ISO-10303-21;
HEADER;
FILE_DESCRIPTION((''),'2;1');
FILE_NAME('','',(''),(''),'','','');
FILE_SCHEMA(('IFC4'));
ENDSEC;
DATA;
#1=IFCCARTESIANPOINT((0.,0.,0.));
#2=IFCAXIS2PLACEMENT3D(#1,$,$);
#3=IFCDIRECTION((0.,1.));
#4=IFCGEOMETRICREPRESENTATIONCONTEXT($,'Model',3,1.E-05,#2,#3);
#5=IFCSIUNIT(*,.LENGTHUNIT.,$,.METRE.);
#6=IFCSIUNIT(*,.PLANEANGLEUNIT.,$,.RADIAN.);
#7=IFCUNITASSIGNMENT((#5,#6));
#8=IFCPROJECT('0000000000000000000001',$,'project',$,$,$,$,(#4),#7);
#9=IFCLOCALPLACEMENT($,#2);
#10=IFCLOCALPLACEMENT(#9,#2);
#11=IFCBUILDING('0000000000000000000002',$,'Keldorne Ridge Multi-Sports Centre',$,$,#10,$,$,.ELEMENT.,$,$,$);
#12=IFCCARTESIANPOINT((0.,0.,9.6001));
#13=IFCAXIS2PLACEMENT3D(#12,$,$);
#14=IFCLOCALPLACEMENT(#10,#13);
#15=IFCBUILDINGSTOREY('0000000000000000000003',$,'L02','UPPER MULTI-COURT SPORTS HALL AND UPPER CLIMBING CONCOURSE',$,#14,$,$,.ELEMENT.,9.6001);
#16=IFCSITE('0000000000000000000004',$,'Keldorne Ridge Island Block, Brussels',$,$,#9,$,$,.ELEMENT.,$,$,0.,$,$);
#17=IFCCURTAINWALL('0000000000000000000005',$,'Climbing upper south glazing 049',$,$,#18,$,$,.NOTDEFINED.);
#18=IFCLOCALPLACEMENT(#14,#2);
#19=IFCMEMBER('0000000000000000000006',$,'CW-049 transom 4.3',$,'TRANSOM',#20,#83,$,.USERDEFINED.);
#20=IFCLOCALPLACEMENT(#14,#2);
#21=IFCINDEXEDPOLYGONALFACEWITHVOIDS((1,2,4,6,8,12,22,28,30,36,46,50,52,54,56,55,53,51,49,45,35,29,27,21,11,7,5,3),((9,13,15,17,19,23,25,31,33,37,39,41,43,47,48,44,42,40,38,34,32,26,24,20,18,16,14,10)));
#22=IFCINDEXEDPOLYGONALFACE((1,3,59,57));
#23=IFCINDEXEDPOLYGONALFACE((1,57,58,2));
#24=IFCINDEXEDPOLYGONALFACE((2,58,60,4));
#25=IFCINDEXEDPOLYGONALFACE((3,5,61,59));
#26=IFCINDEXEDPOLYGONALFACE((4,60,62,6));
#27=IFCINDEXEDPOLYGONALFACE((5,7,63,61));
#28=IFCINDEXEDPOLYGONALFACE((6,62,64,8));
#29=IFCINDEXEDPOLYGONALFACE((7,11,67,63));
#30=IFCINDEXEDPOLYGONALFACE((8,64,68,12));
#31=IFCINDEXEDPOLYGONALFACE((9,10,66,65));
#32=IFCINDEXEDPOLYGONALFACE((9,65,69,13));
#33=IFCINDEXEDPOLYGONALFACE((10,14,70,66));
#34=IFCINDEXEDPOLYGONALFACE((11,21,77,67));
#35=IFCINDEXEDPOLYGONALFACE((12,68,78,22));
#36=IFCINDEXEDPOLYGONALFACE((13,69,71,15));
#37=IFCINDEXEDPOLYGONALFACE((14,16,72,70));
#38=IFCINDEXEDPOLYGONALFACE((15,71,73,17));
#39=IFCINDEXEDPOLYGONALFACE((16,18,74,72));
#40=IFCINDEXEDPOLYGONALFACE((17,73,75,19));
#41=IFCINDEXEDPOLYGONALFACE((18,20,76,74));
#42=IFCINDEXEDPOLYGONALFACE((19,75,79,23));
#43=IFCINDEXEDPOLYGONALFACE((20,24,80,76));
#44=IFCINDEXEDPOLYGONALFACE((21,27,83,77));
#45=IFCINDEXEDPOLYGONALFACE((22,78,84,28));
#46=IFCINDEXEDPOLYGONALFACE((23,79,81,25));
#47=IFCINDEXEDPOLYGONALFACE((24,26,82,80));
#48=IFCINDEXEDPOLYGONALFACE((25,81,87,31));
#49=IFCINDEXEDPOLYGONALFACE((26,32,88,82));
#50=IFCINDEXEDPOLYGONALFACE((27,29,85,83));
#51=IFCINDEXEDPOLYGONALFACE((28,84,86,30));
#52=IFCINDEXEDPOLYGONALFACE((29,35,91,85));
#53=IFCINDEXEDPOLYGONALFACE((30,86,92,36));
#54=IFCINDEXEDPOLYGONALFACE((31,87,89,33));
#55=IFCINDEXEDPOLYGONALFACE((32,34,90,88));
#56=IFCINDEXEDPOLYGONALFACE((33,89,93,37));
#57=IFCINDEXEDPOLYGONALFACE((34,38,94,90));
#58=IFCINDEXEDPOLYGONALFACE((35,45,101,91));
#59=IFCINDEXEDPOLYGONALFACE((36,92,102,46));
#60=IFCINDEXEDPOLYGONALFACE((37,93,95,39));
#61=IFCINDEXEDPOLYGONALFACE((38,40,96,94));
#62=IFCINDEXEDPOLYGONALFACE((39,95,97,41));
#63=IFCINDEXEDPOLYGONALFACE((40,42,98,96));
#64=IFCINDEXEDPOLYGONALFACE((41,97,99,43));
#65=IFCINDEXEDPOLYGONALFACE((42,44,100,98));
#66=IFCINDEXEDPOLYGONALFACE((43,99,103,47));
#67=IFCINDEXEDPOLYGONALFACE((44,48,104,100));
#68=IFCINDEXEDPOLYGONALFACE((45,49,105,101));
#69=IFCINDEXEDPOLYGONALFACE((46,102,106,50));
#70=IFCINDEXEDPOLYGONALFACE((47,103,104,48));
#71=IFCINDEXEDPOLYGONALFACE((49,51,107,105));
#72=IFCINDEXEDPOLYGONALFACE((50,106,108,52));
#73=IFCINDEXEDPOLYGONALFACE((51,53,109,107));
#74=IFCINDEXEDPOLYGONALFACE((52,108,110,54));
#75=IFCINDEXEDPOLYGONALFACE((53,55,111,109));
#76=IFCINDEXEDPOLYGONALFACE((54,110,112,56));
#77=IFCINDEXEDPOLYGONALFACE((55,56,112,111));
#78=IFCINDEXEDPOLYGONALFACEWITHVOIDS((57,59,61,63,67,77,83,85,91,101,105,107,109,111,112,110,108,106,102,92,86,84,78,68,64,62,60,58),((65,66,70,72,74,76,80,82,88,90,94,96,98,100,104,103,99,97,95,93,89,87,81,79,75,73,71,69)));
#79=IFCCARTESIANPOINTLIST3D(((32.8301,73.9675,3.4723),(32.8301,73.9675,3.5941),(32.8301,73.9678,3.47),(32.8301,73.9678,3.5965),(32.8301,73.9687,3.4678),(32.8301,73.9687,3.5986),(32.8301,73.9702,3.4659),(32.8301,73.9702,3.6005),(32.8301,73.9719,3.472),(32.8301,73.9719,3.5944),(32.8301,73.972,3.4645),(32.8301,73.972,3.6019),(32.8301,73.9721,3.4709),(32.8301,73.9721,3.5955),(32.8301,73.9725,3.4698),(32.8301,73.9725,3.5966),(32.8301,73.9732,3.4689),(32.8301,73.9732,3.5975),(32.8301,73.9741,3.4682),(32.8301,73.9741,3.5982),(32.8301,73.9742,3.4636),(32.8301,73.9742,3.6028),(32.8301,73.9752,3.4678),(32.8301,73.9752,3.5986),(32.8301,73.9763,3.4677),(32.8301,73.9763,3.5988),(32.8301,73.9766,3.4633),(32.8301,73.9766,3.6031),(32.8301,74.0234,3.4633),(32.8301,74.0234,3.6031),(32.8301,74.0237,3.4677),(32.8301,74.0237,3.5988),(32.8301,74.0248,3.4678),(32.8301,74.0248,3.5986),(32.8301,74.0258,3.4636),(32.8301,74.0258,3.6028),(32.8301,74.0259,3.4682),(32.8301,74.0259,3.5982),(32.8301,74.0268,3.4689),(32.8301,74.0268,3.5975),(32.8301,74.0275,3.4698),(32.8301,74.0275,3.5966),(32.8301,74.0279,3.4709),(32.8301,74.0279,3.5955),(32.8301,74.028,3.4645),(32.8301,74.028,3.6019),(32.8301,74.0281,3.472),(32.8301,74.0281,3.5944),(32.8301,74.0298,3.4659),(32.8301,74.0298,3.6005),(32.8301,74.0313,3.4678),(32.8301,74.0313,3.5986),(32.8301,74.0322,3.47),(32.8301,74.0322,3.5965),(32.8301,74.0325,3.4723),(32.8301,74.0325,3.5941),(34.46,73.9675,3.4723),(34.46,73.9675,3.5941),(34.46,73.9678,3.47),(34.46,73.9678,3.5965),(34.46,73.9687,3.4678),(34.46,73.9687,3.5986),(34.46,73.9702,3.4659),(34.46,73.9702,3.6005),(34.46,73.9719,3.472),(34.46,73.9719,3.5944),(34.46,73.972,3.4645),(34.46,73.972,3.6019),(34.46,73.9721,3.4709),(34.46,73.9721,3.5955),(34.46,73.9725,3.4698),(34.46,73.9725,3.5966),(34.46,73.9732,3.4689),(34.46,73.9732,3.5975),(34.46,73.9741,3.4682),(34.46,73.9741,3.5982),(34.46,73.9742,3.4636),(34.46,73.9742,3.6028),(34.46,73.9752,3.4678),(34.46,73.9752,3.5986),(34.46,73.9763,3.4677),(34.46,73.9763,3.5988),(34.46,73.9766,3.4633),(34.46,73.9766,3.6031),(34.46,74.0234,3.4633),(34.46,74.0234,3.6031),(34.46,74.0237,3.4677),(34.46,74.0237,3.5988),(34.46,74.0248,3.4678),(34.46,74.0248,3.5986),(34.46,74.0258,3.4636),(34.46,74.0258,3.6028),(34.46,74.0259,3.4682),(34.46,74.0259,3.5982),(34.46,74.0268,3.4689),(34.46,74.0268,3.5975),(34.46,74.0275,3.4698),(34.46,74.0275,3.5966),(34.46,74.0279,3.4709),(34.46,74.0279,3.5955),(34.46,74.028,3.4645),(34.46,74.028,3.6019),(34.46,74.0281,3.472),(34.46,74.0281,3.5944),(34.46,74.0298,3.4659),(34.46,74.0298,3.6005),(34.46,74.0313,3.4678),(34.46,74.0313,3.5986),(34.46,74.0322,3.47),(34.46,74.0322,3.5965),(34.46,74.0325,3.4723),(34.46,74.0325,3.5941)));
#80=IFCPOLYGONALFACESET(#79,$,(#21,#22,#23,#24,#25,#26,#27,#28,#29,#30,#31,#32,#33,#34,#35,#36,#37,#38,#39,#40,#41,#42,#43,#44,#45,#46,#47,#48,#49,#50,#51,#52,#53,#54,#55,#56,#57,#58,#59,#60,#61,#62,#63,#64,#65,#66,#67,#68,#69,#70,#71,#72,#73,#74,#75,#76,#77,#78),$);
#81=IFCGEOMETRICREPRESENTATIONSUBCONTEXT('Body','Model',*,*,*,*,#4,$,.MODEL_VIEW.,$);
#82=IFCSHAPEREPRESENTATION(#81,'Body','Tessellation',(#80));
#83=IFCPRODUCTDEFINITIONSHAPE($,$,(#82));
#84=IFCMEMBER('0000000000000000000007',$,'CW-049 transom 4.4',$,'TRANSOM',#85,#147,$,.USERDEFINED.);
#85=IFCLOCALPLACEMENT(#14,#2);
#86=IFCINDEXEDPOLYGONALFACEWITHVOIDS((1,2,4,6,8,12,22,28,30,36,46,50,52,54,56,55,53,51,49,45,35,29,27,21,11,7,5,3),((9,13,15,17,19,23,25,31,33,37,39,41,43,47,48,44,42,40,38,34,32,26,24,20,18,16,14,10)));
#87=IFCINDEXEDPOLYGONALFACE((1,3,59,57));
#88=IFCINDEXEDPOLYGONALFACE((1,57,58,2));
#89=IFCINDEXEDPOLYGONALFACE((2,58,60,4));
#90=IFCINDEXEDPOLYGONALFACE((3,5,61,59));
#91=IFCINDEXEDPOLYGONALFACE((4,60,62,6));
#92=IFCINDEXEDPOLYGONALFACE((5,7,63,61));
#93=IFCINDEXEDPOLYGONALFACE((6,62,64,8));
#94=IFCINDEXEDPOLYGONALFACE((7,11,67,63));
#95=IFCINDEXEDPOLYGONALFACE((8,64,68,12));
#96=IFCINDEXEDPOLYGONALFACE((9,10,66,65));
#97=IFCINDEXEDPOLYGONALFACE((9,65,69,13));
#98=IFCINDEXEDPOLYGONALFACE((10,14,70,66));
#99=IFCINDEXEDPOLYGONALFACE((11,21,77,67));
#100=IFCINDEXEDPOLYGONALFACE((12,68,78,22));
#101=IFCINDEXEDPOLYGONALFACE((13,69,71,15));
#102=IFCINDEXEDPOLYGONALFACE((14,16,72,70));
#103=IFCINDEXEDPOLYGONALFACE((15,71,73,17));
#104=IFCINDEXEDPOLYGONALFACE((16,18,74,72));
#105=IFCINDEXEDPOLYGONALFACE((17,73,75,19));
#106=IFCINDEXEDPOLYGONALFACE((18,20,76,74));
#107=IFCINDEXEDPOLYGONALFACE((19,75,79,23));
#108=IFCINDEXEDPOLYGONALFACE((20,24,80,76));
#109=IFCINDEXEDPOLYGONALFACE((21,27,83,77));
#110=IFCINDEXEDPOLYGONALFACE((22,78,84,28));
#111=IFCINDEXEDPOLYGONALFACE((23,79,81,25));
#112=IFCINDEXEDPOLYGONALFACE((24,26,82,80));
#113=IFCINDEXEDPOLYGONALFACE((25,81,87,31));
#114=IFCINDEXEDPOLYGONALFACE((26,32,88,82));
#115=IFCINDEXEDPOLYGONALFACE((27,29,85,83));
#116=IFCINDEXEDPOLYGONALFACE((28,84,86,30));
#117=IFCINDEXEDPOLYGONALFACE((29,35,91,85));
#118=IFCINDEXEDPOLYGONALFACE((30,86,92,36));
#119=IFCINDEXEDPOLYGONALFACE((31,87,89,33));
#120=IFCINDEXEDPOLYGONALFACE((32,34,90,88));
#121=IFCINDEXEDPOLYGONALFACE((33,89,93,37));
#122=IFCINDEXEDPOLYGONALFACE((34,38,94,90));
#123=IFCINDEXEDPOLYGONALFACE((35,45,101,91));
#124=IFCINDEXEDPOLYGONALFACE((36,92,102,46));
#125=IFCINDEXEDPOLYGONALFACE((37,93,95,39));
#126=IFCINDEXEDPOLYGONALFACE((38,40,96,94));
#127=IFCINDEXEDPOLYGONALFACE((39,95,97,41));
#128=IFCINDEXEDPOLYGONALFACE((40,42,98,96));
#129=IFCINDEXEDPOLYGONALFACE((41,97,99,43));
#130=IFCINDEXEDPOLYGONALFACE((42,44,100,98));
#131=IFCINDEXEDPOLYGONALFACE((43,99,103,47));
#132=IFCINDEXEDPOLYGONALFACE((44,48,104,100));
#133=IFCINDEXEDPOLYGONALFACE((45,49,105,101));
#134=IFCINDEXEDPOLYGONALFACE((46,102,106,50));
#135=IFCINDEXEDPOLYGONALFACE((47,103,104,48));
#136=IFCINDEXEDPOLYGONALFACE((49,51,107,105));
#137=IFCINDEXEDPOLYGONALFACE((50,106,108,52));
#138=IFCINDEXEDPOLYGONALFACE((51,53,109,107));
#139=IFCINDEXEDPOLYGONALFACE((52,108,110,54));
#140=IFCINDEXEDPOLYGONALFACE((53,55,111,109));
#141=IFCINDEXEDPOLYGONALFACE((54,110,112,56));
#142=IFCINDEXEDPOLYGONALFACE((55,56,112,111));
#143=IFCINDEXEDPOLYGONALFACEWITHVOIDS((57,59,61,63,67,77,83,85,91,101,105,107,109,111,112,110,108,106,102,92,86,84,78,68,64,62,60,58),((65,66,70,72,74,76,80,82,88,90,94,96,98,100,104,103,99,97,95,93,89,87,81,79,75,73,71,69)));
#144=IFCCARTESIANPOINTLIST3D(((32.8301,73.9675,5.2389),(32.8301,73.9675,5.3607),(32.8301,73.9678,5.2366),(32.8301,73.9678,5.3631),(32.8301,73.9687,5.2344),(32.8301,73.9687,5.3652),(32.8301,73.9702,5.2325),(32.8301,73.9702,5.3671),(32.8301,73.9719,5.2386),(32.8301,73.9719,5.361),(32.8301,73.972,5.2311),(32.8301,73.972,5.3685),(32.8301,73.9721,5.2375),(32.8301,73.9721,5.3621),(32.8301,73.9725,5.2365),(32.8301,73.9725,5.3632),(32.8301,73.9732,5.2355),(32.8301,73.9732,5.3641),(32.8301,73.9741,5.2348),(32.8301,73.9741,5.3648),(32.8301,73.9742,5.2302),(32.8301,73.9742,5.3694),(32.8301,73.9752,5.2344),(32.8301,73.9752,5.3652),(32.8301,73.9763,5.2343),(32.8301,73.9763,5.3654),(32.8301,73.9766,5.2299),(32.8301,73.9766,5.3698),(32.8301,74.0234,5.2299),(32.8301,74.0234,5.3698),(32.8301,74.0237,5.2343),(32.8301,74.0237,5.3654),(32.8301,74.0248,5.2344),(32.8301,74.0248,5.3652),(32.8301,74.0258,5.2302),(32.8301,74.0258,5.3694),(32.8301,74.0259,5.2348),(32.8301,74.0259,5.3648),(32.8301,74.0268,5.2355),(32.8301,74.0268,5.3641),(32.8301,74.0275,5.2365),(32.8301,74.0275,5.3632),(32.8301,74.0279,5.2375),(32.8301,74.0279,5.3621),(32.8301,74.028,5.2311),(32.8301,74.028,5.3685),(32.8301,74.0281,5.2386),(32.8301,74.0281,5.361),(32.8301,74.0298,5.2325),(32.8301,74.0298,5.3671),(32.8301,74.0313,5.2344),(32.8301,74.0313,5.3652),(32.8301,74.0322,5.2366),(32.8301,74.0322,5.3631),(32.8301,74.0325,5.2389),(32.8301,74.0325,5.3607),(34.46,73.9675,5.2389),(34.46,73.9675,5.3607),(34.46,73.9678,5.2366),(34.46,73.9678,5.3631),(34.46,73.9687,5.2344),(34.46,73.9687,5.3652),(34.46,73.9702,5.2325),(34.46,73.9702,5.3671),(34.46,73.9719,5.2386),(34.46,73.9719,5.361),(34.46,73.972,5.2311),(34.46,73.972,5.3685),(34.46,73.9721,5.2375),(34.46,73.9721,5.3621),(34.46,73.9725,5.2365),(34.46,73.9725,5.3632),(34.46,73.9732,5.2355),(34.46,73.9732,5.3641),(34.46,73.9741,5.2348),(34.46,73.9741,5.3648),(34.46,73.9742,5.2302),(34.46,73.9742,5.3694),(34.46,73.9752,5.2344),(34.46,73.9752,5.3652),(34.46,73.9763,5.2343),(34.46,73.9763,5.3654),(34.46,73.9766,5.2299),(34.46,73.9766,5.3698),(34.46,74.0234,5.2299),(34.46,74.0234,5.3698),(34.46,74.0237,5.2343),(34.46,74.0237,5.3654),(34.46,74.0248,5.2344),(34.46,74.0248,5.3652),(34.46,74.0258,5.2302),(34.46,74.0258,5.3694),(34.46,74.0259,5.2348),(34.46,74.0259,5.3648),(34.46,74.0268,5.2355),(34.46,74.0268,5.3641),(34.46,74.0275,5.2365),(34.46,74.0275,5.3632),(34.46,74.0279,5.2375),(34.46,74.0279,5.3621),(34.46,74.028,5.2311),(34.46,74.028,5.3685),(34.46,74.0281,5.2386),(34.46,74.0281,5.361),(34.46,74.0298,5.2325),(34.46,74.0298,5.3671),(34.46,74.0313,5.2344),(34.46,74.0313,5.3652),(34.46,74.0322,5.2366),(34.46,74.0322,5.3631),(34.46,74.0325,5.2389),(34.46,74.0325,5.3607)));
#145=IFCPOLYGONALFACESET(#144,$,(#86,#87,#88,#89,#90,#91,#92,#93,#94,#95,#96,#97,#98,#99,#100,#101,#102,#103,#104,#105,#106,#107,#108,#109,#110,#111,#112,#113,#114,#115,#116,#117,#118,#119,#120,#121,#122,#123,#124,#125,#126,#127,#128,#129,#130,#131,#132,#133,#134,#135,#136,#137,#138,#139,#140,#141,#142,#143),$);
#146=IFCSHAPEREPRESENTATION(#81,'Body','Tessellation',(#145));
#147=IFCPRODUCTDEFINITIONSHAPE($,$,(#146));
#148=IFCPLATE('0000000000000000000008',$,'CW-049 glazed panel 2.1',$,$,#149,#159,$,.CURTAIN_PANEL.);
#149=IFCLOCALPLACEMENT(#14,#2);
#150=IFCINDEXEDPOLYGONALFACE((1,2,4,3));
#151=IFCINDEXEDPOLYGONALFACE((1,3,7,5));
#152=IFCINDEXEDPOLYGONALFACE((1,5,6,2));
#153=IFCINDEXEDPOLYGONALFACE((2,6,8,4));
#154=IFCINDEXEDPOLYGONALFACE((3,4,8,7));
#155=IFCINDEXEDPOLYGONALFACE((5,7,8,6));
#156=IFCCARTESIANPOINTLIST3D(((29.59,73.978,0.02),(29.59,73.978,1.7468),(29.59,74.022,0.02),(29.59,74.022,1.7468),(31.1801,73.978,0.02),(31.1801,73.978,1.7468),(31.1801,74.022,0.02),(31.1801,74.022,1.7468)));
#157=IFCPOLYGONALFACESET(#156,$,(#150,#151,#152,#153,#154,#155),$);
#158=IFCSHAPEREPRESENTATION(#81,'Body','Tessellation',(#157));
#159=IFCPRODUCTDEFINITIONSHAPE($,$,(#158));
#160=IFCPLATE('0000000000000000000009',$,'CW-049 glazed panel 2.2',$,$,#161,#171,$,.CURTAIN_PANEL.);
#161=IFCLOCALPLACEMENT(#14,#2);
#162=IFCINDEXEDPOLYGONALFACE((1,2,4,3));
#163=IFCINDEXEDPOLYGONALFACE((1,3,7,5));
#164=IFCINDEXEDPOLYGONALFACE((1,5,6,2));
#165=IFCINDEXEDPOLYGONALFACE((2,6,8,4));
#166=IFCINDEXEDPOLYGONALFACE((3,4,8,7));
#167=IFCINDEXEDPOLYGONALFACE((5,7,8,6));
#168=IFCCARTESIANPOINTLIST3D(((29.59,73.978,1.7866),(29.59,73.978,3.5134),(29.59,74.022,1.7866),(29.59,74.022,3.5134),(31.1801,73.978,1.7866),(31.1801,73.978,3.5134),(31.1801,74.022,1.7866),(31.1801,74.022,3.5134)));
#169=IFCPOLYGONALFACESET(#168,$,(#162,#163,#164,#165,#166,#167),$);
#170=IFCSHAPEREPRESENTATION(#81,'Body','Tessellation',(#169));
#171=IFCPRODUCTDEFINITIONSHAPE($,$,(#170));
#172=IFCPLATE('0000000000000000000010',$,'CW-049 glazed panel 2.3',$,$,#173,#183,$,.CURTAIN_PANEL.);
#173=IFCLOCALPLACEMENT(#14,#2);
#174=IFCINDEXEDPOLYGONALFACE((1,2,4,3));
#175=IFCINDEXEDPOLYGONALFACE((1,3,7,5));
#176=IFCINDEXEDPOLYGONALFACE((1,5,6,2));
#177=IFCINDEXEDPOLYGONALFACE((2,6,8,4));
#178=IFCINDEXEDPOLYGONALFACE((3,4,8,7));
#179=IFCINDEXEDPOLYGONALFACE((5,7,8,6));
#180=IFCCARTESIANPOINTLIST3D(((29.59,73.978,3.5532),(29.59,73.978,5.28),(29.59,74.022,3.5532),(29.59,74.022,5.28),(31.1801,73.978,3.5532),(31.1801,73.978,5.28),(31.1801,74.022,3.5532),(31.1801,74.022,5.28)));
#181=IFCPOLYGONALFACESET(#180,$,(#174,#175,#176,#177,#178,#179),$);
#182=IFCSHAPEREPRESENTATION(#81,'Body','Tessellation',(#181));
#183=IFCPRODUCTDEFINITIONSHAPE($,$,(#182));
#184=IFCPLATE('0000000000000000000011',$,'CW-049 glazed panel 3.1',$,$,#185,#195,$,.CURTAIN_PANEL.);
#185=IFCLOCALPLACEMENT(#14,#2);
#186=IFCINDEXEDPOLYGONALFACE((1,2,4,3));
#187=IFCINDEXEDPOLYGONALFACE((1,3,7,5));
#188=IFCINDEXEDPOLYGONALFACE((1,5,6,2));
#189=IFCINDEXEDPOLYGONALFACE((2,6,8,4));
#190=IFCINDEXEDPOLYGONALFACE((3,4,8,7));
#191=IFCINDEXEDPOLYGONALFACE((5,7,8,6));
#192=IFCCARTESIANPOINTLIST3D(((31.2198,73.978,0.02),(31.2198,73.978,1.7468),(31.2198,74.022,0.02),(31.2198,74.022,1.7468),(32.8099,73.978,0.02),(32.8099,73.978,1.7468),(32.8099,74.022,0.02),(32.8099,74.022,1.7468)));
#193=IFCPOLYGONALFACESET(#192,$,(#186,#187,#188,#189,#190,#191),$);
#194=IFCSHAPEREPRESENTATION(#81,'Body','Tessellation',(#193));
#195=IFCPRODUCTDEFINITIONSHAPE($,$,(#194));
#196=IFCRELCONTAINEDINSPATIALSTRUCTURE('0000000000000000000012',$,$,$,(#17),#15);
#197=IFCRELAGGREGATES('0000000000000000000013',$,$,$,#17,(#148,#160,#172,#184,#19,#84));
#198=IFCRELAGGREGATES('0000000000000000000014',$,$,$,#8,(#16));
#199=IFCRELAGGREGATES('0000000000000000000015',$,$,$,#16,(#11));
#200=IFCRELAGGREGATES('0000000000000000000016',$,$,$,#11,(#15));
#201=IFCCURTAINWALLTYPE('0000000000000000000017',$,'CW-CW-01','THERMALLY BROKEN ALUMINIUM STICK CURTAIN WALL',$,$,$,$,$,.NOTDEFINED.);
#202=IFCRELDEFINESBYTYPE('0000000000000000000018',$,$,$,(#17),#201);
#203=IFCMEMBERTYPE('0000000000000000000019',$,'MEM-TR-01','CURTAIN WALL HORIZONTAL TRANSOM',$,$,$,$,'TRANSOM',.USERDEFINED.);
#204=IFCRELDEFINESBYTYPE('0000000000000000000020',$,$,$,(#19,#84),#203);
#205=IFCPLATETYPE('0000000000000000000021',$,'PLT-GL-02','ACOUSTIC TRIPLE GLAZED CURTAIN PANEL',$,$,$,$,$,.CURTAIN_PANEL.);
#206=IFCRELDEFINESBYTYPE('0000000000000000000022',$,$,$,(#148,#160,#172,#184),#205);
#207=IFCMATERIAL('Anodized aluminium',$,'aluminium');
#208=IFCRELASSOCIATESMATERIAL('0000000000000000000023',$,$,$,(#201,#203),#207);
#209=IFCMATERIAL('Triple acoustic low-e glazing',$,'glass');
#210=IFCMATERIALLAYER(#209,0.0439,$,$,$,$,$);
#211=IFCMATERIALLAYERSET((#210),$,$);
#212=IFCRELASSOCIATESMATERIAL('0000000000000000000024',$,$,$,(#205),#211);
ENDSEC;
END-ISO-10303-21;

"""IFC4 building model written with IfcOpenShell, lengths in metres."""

from ifc_helpers import new_model, si_unit, direction, frame, origin, origin_2d, place, context, subcontext, project, spatial, rectangle, hollow_rectangle, extrude, material, layer, layer_set, material_profile, profile_set, type_object, element, aggregate, save


model = new_model("IFC4")

# Units and contexts
model_context = context("Model", 3, precision=1e-05, world=origin(), true_north=direction((0.0, 1.0)))
body_context = subcontext(model_context, "Body", "Model", "MODEL_VIEW")
ifc_project = project(units=[si_unit("LENGTHUNIT", "METRE"), si_unit("PLANEANGLEUNIT", "RADIAN")], contexts=[model_context])

# Site, building, storey
site_placement = place(None, origin())
site = spatial("IfcSite", under=ifc_project, at=site_placement, Name="Keldorne Ridge Island Block, Brussels", CompositionType="ELEMENT", RefElevation=0.0)
building_placement = place(site_placement, origin())
building = spatial("IfcBuilding", under=site, at=building_placement, Name="Keldorne Ridge Multi-Sports Centre", CompositionType="ELEMENT")
storey_placement = place(building_placement, frame((0.0, 0.0, 9.6001)))
storey = spatial("IfcBuildingStorey", under=building, at=storey_placement, Name="L02", Description="UPPER MULTI-COURT SPORTS HALL AND UPPER CLIMBING CONCOURSE", CompositionType="ELEMENT", Elevation=9.6001)

# Curtain wall
ifc_material_1 = material(Name="Anodized aluminium", Category="aluminium")
curtain_wall_type = type_object("IfcCurtainWallType", Name="CW-CW-01", Description="THERMALLY BROKEN ALUMINIUM STICK CURTAIN WALL", PredefinedType="NOTDEFINED", material=ifc_material_1)
curtain_wall_placement = place(storey_placement, origin())
curtain_wall = element("IfcCurtainWall", 1, at=curtain_wall_placement, inside=storey, type_object=curtain_wall_type, Name="Climbing upper south glazing 049", PredefinedType="NOTDEFINED")

# Members
ifc_material_profile_1 = material_profile(ifc_material_1, hollow_rectangle(XDim=0.0649, YDim=0.1399, WallThickness=0.0044, InnerFilletRadius=0.0044, OuterFilletRadius=0.009, at=origin_2d()), Name="ALU TRANSOM 140x65x4.5")
ifc_profile_set_1 = profile_set([ifc_material_profile_1], Name="Anodized aluminium")
member_type_1 = type_object("IfcMemberType", Name="MEM-TR-01", Description="CURTAIN WALL HORIZONTAL TRANSOM", ElementType="TRANSOM", PredefinedType="USERDEFINED", material=ifc_profile_set_1)
member_1_placement = place(storey_placement, frame((32.8301, 74.0, 3.5332), z_axis=(1.0, 0.0, 0.0), x_axis=(0.0, 1.0, 0.0)))
member_1 = element("IfcMember", 2, at=member_1_placement, type_object=member_type_1, Name="CW-049 transom 4.3", ObjectType="TRANSOM", PredefinedType="USERDEFINED", context=body_context, shape_type="SweptSolid", body=[
    extrude(hollow_rectangle(XDim=0.0649, YDim=0.1399, WallThickness=0.0044, InnerFilletRadius=0.0044, OuterFilletRadius=0.009, at=origin_2d()), origin(), (0.0, 0.0, 1.0), 1.6299),
])
member_2_placement = place(storey_placement, frame((32.8301, 74.0, 5.2998), z_axis=(1.0, 0.0, 0.0), x_axis=(0.0, 1.0, 0.0)))
member_2 = element("IfcMember", 3, at=member_2_placement, type_object=member_type_1, Name="CW-049 transom 4.4", ObjectType="TRANSOM", PredefinedType="USERDEFINED", context=body_context, shape_type="SweptSolid", body=[
    extrude(hollow_rectangle(XDim=0.0649, YDim=0.1399, WallThickness=0.0044, InnerFilletRadius=0.0044, OuterFilletRadius=0.009, at=origin_2d()), origin(), (0.0, 0.0, 1.0), 1.6299),
])

# Plates
ifc_material_2 = material(Name="Triple acoustic low-e glazing", Category="glass")
ifc_layer = layer(ifc_material_2, 0.0439)
ifc_layer_set = layer_set([ifc_layer])
plate_type = type_object("IfcPlateType", Name="PLT-GL-02", Description="ACOUSTIC TRIPLE GLAZED CURTAIN PANEL", PredefinedType="CURTAIN_PANEL", material=ifc_layer_set)
plate_1_placement = place(storey_placement, frame((30.385, 74.0, 0.02), z_axis=(0.0, 0.0, 1.0), x_axis=(1.0, 0.0, 0.0)))
plate_1 = element("IfcPlate", 4, at=plate_1_placement, type_object=plate_type, Name="CW-049 glazed panel 2.1", PredefinedType="CURTAIN_PANEL", context=body_context, shape_type="SweptSolid", body=[
    extrude(rectangle(XDim=1.5901, YDim=0.0439, at=origin_2d()), origin(), (0.0, 0.0, 1.0), 1.7268),
])
plate_2_placement = place(storey_placement, frame((30.385, 74.0, 1.7866), z_axis=(0.0, 0.0, 1.0), x_axis=(1.0, 0.0, 0.0)))
plate_2 = element("IfcPlate", 5, at=plate_2_placement, type_object=plate_type, Name="CW-049 glazed panel 2.2", PredefinedType="CURTAIN_PANEL", context=body_context, shape_type="SweptSolid", body=[
    extrude(rectangle(XDim=1.5901, YDim=0.0439, at=origin_2d()), origin(), (0.0, 0.0, 1.0), 1.7268),
])
plate_3_placement = place(storey_placement, frame((30.385, 74.0, 3.5532), z_axis=(0.0, 0.0, 1.0), x_axis=(1.0, 0.0, 0.0)))
plate_3 = element("IfcPlate", 6, at=plate_3_placement, type_object=plate_type, Name="CW-049 glazed panel 2.3", PredefinedType="CURTAIN_PANEL", context=body_context, shape_type="SweptSolid", body=[
    extrude(rectangle(XDim=1.5901, YDim=0.0439, at=origin_2d()), origin(), (0.0, 0.0, 1.0), 1.7268),
])
plate_4_placement = place(storey_placement, frame((32.0149, 74.0, 0.02), z_axis=(0.0, 0.0, 1.0), x_axis=(1.0, 0.0, 0.0)))
plate_4 = element("IfcPlate", 7, at=plate_4_placement, type_object=plate_type, Name="CW-049 glazed panel 3.1", PredefinedType="CURTAIN_PANEL", context=body_context, shape_type="SweptSolid", body=[
    extrude(rectangle(XDim=1.5901, YDim=0.0439, at=origin_2d()), origin(), (0.0, 0.0, 1.0), 1.7268),
])
aggregate(curtain_wall, [plate_1, plate_2, plate_3, plate_4, member_1, member_2])

save(model, "model.ifc")
